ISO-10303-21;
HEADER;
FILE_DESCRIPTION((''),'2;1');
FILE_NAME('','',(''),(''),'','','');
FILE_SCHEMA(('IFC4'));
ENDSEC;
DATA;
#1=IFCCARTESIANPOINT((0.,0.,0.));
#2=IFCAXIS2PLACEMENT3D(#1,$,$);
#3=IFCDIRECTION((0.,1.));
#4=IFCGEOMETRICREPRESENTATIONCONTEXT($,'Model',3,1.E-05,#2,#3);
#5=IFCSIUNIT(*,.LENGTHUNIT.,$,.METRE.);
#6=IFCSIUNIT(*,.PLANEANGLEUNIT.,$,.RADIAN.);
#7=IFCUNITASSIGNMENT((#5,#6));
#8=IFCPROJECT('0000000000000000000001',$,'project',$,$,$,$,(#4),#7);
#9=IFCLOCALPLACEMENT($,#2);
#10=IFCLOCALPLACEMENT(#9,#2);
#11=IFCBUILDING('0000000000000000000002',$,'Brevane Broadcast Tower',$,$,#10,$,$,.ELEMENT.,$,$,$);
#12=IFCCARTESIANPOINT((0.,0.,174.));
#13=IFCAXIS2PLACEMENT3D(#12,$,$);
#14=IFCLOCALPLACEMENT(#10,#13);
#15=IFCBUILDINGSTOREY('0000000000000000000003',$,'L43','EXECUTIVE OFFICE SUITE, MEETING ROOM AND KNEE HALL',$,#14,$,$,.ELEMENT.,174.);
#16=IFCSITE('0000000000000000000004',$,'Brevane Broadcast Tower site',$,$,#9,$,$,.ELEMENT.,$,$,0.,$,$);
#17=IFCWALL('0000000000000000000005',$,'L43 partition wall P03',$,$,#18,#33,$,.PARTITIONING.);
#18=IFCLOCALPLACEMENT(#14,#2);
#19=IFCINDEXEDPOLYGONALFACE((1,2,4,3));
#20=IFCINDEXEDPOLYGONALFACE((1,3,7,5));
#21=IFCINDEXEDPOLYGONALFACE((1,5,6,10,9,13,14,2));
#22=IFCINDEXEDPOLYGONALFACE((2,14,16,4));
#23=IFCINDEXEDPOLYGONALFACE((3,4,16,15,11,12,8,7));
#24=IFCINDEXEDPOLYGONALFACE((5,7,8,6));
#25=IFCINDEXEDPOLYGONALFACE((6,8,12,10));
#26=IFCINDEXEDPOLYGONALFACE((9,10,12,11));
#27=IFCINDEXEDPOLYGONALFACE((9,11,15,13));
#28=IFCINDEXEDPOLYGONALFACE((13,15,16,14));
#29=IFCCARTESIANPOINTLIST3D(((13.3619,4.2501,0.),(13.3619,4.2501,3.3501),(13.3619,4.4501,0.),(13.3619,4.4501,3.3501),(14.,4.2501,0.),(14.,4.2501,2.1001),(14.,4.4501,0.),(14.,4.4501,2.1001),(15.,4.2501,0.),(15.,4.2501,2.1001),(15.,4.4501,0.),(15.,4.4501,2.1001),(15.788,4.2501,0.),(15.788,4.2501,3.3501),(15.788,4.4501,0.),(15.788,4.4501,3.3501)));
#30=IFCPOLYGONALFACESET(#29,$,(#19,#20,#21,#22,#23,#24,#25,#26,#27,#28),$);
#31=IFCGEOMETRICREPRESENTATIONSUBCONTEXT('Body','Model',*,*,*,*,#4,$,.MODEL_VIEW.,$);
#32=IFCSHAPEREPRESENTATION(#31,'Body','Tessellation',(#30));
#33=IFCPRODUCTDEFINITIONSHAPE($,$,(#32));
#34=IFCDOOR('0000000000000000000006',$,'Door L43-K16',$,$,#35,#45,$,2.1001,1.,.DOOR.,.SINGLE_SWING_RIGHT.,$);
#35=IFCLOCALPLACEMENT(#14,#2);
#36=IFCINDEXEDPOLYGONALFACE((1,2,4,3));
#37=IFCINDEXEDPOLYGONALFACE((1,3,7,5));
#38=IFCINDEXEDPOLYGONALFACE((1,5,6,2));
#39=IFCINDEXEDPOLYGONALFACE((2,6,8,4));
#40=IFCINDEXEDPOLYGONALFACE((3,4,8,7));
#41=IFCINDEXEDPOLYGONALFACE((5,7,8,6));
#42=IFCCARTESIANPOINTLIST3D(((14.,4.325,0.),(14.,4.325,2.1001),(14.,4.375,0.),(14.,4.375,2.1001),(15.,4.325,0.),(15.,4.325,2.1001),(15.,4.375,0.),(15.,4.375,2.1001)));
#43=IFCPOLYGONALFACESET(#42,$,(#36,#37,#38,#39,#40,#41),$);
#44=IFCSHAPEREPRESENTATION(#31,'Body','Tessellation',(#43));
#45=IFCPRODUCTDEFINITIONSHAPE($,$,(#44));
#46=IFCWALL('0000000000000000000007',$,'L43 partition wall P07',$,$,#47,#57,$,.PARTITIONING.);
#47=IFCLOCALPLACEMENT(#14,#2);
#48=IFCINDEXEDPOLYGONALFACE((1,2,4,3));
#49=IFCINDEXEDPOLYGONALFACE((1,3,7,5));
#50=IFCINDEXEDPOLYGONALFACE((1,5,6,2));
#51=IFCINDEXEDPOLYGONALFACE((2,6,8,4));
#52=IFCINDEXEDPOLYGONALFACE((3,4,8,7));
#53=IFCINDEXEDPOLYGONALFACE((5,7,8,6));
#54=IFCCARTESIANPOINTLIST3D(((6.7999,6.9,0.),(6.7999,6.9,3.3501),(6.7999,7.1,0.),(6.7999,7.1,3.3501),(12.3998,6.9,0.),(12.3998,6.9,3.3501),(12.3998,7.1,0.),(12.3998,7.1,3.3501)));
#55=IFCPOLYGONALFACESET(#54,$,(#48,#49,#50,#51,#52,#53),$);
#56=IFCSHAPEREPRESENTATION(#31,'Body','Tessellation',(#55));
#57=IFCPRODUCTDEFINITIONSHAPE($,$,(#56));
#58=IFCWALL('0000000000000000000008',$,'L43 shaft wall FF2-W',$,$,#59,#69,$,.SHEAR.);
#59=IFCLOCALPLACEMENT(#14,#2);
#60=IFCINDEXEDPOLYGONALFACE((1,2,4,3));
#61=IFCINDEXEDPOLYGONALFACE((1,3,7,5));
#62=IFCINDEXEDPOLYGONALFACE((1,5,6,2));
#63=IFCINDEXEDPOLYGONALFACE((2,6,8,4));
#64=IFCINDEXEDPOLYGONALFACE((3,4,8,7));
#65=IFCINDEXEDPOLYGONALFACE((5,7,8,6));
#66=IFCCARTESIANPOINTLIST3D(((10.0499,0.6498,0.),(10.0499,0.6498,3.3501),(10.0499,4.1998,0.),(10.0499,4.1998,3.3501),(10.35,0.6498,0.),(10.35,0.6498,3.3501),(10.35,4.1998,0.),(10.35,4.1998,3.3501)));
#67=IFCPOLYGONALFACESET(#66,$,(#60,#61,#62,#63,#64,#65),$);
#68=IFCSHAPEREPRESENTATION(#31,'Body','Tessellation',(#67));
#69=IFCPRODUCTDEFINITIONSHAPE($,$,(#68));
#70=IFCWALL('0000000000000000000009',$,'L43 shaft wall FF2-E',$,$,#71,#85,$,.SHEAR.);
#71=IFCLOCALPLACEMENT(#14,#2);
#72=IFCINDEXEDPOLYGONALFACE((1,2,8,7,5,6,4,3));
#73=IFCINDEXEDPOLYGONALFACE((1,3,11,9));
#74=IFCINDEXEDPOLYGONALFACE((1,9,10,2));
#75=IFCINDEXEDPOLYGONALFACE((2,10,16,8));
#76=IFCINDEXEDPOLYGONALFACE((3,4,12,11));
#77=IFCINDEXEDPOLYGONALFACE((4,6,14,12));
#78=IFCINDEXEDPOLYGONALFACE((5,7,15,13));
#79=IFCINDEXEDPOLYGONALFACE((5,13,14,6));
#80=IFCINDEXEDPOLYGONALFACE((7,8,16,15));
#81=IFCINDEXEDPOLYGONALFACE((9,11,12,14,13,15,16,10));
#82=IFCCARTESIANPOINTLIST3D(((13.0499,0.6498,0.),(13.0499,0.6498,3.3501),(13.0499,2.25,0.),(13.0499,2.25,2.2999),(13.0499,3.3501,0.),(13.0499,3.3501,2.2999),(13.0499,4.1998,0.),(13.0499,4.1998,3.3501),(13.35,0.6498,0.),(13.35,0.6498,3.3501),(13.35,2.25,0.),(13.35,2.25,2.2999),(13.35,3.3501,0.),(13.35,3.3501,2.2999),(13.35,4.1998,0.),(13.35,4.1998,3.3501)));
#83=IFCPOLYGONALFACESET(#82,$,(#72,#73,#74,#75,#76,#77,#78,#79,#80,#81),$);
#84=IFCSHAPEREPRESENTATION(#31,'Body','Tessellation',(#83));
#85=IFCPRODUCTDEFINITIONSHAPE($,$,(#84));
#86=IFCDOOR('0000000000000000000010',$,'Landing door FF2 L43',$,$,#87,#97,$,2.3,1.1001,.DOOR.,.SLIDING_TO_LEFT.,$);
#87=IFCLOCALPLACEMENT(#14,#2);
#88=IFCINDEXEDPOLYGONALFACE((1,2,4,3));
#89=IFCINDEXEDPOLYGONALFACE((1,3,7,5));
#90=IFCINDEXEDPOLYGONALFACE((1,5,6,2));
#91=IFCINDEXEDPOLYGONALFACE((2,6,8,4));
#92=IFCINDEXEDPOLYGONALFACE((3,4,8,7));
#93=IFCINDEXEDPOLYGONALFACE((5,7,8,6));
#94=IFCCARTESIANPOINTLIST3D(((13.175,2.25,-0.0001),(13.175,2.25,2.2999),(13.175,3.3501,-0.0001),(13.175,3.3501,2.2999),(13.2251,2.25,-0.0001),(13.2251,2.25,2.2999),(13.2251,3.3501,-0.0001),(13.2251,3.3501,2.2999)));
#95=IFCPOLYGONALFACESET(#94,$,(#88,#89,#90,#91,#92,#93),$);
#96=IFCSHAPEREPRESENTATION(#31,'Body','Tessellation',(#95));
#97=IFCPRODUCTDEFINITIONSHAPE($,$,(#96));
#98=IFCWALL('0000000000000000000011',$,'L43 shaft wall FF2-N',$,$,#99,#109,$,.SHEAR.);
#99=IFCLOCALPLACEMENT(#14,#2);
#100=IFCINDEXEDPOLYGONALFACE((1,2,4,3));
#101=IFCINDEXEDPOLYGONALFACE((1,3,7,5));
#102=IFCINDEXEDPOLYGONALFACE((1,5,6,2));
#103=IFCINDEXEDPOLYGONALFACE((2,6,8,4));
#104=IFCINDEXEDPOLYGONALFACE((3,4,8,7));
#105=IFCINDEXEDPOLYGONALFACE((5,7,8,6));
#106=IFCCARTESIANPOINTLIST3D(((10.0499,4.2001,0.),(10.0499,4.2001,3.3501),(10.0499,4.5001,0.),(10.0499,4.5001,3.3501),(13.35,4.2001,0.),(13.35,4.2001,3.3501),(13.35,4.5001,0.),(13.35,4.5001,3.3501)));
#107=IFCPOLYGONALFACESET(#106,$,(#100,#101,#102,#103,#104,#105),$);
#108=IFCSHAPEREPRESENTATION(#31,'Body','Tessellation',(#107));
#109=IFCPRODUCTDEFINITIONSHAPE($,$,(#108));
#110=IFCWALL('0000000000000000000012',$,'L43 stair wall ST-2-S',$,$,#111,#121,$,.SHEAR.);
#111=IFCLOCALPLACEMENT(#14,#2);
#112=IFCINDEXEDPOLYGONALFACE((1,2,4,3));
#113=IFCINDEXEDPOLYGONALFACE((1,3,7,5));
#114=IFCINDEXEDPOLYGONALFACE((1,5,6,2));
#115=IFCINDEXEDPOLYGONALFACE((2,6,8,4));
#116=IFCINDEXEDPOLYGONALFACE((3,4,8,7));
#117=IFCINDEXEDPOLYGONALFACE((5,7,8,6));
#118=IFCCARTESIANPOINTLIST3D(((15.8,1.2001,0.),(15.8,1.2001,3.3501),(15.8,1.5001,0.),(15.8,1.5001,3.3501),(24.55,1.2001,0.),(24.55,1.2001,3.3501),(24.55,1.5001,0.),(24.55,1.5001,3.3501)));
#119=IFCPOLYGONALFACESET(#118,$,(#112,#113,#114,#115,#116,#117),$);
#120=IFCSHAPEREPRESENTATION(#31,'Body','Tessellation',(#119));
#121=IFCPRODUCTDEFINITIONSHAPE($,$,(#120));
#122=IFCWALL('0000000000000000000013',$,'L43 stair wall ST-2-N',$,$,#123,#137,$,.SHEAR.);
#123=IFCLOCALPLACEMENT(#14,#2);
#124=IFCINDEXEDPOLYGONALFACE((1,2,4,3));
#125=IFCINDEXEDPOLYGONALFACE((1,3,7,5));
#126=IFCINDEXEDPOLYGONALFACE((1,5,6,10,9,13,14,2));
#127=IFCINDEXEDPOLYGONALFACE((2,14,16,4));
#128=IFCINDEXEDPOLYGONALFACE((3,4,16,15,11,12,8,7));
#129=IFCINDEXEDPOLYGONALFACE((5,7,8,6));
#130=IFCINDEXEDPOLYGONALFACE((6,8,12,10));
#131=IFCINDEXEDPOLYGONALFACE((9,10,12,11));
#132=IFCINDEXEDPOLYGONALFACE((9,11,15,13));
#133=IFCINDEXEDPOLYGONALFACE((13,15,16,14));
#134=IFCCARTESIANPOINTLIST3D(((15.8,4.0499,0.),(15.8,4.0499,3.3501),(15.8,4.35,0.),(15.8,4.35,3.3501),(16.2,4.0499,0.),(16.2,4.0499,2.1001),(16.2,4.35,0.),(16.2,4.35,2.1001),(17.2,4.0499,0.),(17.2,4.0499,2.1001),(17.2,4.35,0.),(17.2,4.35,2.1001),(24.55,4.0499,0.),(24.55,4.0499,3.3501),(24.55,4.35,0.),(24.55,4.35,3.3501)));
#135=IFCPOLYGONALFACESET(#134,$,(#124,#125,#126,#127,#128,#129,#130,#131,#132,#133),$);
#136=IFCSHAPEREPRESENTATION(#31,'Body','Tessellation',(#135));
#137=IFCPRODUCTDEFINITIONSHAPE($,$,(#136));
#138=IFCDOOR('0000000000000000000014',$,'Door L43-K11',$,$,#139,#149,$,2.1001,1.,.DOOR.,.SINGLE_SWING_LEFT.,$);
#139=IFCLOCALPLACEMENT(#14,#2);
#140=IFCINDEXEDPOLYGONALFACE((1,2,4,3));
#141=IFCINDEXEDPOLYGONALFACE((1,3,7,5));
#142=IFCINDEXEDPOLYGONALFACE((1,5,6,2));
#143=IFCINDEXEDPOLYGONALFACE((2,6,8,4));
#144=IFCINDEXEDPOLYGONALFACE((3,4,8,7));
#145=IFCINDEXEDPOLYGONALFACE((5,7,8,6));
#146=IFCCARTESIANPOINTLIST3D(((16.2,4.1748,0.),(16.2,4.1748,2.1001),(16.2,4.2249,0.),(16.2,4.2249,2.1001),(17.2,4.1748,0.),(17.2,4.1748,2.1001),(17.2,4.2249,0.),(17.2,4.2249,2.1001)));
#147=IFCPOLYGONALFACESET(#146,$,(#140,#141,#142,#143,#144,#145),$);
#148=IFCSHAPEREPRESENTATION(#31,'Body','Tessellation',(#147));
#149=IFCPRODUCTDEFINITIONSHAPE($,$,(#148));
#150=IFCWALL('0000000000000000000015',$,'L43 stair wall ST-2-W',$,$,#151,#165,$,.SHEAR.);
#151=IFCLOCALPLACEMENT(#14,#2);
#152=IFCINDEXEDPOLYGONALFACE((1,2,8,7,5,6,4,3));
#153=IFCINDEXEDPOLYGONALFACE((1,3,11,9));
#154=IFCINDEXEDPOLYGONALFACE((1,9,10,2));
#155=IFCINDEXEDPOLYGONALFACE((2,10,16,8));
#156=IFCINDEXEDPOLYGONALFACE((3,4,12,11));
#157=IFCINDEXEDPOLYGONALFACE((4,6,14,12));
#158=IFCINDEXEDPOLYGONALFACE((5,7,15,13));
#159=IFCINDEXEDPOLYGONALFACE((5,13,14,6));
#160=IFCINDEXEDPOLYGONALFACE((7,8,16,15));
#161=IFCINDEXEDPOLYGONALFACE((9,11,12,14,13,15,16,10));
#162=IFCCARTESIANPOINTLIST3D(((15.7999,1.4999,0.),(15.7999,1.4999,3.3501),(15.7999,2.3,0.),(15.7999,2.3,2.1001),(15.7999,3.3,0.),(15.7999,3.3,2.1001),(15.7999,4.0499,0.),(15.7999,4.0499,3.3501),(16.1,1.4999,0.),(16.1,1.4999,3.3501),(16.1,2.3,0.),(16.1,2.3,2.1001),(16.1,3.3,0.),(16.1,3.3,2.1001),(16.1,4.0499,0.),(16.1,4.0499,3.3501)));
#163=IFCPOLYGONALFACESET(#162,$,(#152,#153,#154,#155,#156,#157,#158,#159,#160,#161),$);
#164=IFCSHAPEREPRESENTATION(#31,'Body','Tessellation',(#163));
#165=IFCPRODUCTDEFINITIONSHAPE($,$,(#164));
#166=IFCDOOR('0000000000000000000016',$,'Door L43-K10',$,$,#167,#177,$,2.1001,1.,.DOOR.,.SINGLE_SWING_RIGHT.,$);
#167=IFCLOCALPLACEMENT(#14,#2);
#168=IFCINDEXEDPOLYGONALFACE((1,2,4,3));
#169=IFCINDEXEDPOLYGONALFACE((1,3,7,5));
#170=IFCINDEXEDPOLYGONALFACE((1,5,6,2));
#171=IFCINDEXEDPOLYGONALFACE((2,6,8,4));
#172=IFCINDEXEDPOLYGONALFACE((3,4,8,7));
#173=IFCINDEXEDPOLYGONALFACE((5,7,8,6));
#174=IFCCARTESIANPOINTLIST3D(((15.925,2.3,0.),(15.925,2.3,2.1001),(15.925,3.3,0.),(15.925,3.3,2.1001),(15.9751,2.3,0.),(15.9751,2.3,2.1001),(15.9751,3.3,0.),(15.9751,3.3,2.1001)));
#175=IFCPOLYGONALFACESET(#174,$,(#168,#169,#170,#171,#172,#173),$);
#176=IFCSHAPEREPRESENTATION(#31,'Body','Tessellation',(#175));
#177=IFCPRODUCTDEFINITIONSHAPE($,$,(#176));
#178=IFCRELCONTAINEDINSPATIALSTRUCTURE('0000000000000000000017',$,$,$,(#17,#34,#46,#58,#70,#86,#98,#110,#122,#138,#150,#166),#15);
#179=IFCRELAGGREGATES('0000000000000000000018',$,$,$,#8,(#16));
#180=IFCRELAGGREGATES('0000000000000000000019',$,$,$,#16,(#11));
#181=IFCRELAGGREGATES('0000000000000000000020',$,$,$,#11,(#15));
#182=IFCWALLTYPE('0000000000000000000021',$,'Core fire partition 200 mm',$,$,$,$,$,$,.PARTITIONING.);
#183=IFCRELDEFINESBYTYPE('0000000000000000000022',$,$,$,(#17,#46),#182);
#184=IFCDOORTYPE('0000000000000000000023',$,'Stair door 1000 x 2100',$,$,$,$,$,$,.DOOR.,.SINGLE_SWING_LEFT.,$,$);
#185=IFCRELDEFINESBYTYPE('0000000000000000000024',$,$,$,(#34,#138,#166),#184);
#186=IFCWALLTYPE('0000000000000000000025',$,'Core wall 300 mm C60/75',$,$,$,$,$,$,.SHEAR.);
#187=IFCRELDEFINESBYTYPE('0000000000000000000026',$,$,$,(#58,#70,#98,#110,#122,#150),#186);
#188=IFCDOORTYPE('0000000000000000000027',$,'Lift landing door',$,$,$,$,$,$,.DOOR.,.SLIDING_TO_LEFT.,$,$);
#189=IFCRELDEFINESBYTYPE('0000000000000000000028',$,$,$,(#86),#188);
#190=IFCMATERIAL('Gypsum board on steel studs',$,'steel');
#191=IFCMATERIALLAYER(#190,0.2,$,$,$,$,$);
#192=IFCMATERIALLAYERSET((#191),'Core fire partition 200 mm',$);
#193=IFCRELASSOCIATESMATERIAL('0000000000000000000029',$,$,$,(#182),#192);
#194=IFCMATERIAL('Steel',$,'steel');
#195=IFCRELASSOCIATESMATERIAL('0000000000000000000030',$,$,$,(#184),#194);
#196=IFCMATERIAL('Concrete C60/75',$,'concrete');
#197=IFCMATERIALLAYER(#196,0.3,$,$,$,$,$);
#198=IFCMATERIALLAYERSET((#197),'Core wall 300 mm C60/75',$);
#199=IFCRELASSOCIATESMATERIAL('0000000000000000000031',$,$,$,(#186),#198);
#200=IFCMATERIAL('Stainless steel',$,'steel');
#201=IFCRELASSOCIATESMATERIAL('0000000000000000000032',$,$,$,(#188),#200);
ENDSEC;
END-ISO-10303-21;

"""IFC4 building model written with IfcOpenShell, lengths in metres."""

from ifc_helpers import new_model, si_unit, direction, frame, frame_2d, origin, place, context, subcontext, project, spatial, rectangle, extrude, material, layer, layer_set, type_object, element, fill, save


model = new_model("IFC4")

# Units and contexts
model_context = context("Model", 3, precision=1e-05, world=origin(), true_north=direction((0.0, 1.0)))
body_context = subcontext(model_context, "Body", "Model", "MODEL_VIEW")
ifc_project = project(units=[si_unit("LENGTHUNIT", "METRE"), si_unit("PLANEANGLEUNIT", "RADIAN")], contexts=[model_context])

# Site, building, storey
site_placement = place(None, origin())
site = spatial("IfcSite", under=ifc_project, at=site_placement, Name="Brevane Broadcast Tower site", CompositionType="ELEMENT", RefElevation=0.0)
building_placement = place(site_placement, origin())
building = spatial("IfcBuilding", under=site, at=building_placement, Name="Brevane Broadcast Tower", CompositionType="ELEMENT")
storey_placement = place(building_placement, frame((0.0, 0.0, 174.0)))
storey = spatial("IfcBuildingStorey", under=building, at=storey_placement, Name="L43", Description="EXECUTIVE OFFICE SUITE, MEETING ROOM AND KNEE HALL", CompositionType="ELEMENT", Elevation=174.0)

# Shared definitions
ifc_material_1 = material(Name="Gypsum board on steel studs", Category="steel")

# Wall, opening, door
ifc_layer_1 = layer(ifc_material_1, 0.2)
ifc_layer_set_1 = layer_set([ifc_layer_1], Name="Core fire partition 200 mm")
wall_type_1 = type_object("IfcWallType", Name="Core fire partition 200 mm", PredefinedType="PARTITIONING", material=ifc_layer_set_1)
wall_1_placement = place(storey_placement, frame((13.3621, 4.3501, 0.0), z_axis=(0.0, 0.0, 1.0), x_axis=(1.0, 0.0, 0.0)))
wall_1 = element("IfcWall", 1, at=wall_1_placement, inside=storey, type_object=wall_type_1, Name="L43 partition wall P03", PredefinedType="PARTITIONING", context=body_context, shape_type="SweptSolid", body=[
    extrude(rectangle(XDim=2.426, YDim=0.2, at=frame_2d((1.2129, 0.0))), origin(), (0.0, 0.0, 1.0), 3.3501),
])
opening_1_placement = place(wall_1_placement, frame((0.6379, 0.0, 0.0)))
opening_1 = element("IfcOpeningElement", 2, at=opening_1_placement, cuts=wall_1, PredefinedType="OPENING", context=body_context, shape_type="SweptSolid", body=[
    extrude(rectangle(XDim=1.0, YDim=2.1001, at=frame_2d((0.5, 1.05))), frame((0.0, 0.1099, 0.0), z_axis=(0.0, -1.0, 0.0), x_axis=(1.0, 0.0, 0.0)), (0.0, 0.0, 1.0), 0.22),
])
ifc_material_2 = material(Name="Steel", Category="steel")
door_type_1 = type_object("IfcDoorType", Name="Stair door 1000 x 2100", OperationType="SINGLE_SWING_LEFT", PredefinedType="DOOR", material=ifc_material_2)
door_1_placement = place(opening_1_placement, origin())
door_1 = element("IfcDoor", 3, at=door_1_placement, inside=storey, type_object=door_type_1, Name="Door L43-K16", OperationType="SINGLE_SWING_RIGHT", OverallHeight=2.1001, OverallWidth=1.0, PredefinedType="DOOR", context=body_context, shape_type="SweptSolid", body=[
    extrude(rectangle(XDim=1.0, YDim=2.1001, at=frame_2d((0.5, 1.05))), frame((0.0, 0.0249, 0.0), z_axis=(0.0, -1.0, 0.0), x_axis=(1.0, 0.0, 0.0)), (0.0, 0.0, 1.0), 0.05),
])
fill(opening_1, door_1)

# Walls
wall_2_placement = place(storey_placement, frame((6.8, 7.0, 0.0), z_axis=(0.0, 0.0, 1.0), x_axis=(1.0, 0.0, 0.0)))
element("IfcWall", 4, at=wall_2_placement, inside=storey, type_object=wall_type_1, Name="L43 partition wall P07", PredefinedType="PARTITIONING", context=body_context, shape_type="SweptSolid", body=[
    extrude(rectangle(XDim=5.5999, YDim=0.2, at=frame_2d((2.7998, 0.0))), origin(), (0.0, 0.0, 1.0), 3.3501),
])
ifc_material_3 = material(Name="Concrete C60/75", Category="concrete")
ifc_layer_2 = layer(ifc_material_3, 0.3)
ifc_layer_set_2 = layer_set([ifc_layer_2], Name="Core wall 300 mm C60/75")
wall_type_2 = type_object("IfcWallType", Name="Core wall 300 mm C60/75", PredefinedType="SHEAR", material=ifc_layer_set_2)
wall_3_placement = place(storey_placement, frame((10.2, 0.6499, 0.0), z_axis=(0.0, 0.0, 1.0), x_axis=(0.0, 1.0, 0.0)))
element("IfcWall", 5, at=wall_3_placement, inside=storey, type_object=wall_type_2, Name="L43 shaft wall FF2-W", PredefinedType="SHEAR", context=body_context, shape_type="SweptSolid", body=[
    extrude(rectangle(XDim=3.55, YDim=0.3, at=frame_2d((1.7749, 0.0))), origin(), (0.0, 0.0, 1.0), 3.3501),
])

# Wall, opening, door
wall_4_placement = place(storey_placement, frame((13.2, 0.6499, 0.0), z_axis=(0.0, 0.0, 1.0), x_axis=(0.0, 1.0, 0.0)))
wall_4 = element("IfcWall", 6, at=wall_4_placement, inside=storey, type_object=wall_type_2, Name="L43 shaft wall FF2-E", PredefinedType="SHEAR", context=body_context, shape_type="SweptSolid", body=[
    extrude(rectangle(XDim=3.55, YDim=0.3, at=frame_2d((1.7749, 0.0))), origin(), (0.0, 0.0, 1.0), 3.3501),
])
opening_2_placement = place(wall_4_placement, frame((1.6001, 0.0, 0.0)))
opening_2 = element("IfcOpeningElement", 7, at=opening_2_placement, cuts=wall_4, PredefinedType="OPENING", context=body_context, shape_type="SweptSolid", body=[
    extrude(rectangle(XDim=1.1001, YDim=2.3, at=frame_2d((0.55, 1.1499))), frame((0.0, 0.1599, 0.0), z_axis=(0.0, -1.0, 0.0), x_axis=(1.0, 0.0, 0.0)), (0.0, 0.0, 1.0), 0.3201),
])
ifc_material_4 = material(Name="Stainless steel", Category="steel")
door_type_2 = type_object("IfcDoorType", Name="Lift landing door", OperationType="SLIDING_TO_LEFT", PredefinedType="DOOR", material=ifc_material_4)
door_2_placement = place(opening_2_placement, origin())
door_2 = element("IfcDoor", 8, at=door_2_placement, inside=storey, type_object=door_type_2, Name="Landing door FF2 L43", OperationType="SLIDING_TO_LEFT", OverallHeight=2.3, OverallWidth=1.1001, PredefinedType="DOOR", context=body_context, shape_type="SweptSolid", body=[
    extrude(rectangle(XDim=1.1001, YDim=2.3, at=frame_2d((0.55, 1.1499))), frame((0.0, 0.0249, 0.0), z_axis=(0.0, -1.0, 0.0), x_axis=(1.0, 0.0, 0.0)), (0.0, 0.0, 1.0), 0.05),
])
fill(opening_2, door_2)

# Walls
wall_5_placement = place(storey_placement, frame((10.05, 4.3501, 0.0), z_axis=(0.0, 0.0, 1.0), x_axis=(1.0, 0.0, 0.0)))
element("IfcWall", 9, at=wall_5_placement, inside=storey, type_object=wall_type_2, Name="L43 shaft wall FF2-N", PredefinedType="SHEAR", context=body_context, shape_type="SweptSolid", body=[
    extrude(rectangle(XDim=3.3, YDim=0.3, at=frame_2d((1.6499, 0.0))), origin(), (0.0, 0.0, 1.0), 3.3501),
])
wall_6_placement = place(storey_placement, frame((15.8, 1.3501, 0.0), z_axis=(0.0, 0.0, 1.0), x_axis=(1.0, 0.0, 0.0)))
element("IfcWall", 10, at=wall_6_placement, inside=storey, type_object=wall_type_2, Name="L43 stair wall ST-2-S", PredefinedType="SHEAR", context=body_context, shape_type="SweptSolid", body=[
    extrude(rectangle(XDim=8.75, YDim=0.3, at=frame_2d((4.375, 0.0))), origin(), (0.0, 0.0, 1.0), 3.3501),
])

# Walls, openings, doors
wall_7_placement = place(storey_placement, frame((15.8, 4.2, 0.0), z_axis=(0.0, 0.0, 1.0), x_axis=(1.0, 0.0, 0.0)))
wall_7 = element("IfcWall", 11, at=wall_7_placement, inside=storey, type_object=wall_type_2, Name="L43 stair wall ST-2-N", PredefinedType="SHEAR", context=body_context, shape_type="SweptSolid", body=[
    extrude(rectangle(XDim=8.75, YDim=0.3, at=frame_2d((4.375, 0.0))), origin(), (0.0, 0.0, 1.0), 3.3501),
])
opening_3_placement = place(wall_7_placement, frame((0.3999, 0.0, 0.0)))
opening_3 = element("IfcOpeningElement", 12, at=opening_3_placement, cuts=wall_7, PredefinedType="OPENING", context=body_context, shape_type="SweptSolid", body=[
    extrude(rectangle(XDim=1.0, YDim=2.1001, at=frame_2d((0.5, 1.05))), frame((0.0, 0.1599, 0.0), z_axis=(0.0, -1.0, 0.0), x_axis=(1.0, 0.0, 0.0)), (0.0, 0.0, 1.0), 0.3201),
])
door_3_placement = place(opening_3_placement, origin())
door_3 = element("IfcDoor", 13, at=door_3_placement, inside=storey, type_object=door_type_1, Name="Door L43-K11", OperationType="SINGLE_SWING_LEFT", OverallHeight=2.1001, OverallWidth=1.0, PredefinedType="DOOR", context=body_context, shape_type="SweptSolid", body=[
    extrude(rectangle(XDim=1.0, YDim=2.1001, at=frame_2d((0.5, 1.05))), frame((0.0, 0.0249, 0.0), z_axis=(0.0, -1.0, 0.0), x_axis=(1.0, 0.0, 0.0)), (0.0, 0.0, 1.0), 0.05),
])
fill(opening_3, door_3)
wall_8_placement = place(storey_placement, frame((15.95, 1.5, 0.0), z_axis=(0.0, 0.0, 1.0), x_axis=(0.0, 1.0, 0.0)))
wall_8 = element("IfcWall", 14, at=wall_8_placement, inside=storey, type_object=wall_type_2, Name="L43 stair wall ST-2-W", PredefinedType="SHEAR", context=body_context, shape_type="SweptSolid", body=[
    extrude(rectangle(XDim=2.55, YDim=0.3, at=frame_2d((1.2749, 0.0))), origin(), (0.0, 0.0, 1.0), 3.3501),
])
opening_4_placement = place(wall_8_placement, frame((0.8, 0.0, 0.0)))
opening_4 = element("IfcOpeningElement", 15, at=opening_4_placement, cuts=wall_8, PredefinedType="OPENING", context=body_context, shape_type="SweptSolid", body=[
    extrude(rectangle(XDim=1.0, YDim=2.1001, at=frame_2d((0.5, 1.05))), frame((0.0, 0.1599, 0.0), z_axis=(0.0, -1.0, 0.0), x_axis=(1.0, 0.0, 0.0)), (0.0, 0.0, 1.0), 0.3201),
])
door_4_placement = place(opening_4_placement, origin())
door_4 = element("IfcDoor", 16, at=door_4_placement, inside=storey, type_object=door_type_1, Name="Door L43-K10", OperationType="SINGLE_SWING_RIGHT", OverallHeight=2.1001, OverallWidth=1.0, PredefinedType="DOOR", context=body_context, shape_type="SweptSolid", body=[
    extrude(rectangle(XDim=1.0, YDim=2.1001, at=frame_2d((0.5, 1.05))), frame((0.0, 0.0249, 0.0), z_axis=(0.0, -1.0, 0.0), x_axis=(1.0, 0.0, 0.0)), (0.0, 0.0, 1.0), 0.05),
])
fill(opening_4, door_4)

save(model, "model.ifc")
